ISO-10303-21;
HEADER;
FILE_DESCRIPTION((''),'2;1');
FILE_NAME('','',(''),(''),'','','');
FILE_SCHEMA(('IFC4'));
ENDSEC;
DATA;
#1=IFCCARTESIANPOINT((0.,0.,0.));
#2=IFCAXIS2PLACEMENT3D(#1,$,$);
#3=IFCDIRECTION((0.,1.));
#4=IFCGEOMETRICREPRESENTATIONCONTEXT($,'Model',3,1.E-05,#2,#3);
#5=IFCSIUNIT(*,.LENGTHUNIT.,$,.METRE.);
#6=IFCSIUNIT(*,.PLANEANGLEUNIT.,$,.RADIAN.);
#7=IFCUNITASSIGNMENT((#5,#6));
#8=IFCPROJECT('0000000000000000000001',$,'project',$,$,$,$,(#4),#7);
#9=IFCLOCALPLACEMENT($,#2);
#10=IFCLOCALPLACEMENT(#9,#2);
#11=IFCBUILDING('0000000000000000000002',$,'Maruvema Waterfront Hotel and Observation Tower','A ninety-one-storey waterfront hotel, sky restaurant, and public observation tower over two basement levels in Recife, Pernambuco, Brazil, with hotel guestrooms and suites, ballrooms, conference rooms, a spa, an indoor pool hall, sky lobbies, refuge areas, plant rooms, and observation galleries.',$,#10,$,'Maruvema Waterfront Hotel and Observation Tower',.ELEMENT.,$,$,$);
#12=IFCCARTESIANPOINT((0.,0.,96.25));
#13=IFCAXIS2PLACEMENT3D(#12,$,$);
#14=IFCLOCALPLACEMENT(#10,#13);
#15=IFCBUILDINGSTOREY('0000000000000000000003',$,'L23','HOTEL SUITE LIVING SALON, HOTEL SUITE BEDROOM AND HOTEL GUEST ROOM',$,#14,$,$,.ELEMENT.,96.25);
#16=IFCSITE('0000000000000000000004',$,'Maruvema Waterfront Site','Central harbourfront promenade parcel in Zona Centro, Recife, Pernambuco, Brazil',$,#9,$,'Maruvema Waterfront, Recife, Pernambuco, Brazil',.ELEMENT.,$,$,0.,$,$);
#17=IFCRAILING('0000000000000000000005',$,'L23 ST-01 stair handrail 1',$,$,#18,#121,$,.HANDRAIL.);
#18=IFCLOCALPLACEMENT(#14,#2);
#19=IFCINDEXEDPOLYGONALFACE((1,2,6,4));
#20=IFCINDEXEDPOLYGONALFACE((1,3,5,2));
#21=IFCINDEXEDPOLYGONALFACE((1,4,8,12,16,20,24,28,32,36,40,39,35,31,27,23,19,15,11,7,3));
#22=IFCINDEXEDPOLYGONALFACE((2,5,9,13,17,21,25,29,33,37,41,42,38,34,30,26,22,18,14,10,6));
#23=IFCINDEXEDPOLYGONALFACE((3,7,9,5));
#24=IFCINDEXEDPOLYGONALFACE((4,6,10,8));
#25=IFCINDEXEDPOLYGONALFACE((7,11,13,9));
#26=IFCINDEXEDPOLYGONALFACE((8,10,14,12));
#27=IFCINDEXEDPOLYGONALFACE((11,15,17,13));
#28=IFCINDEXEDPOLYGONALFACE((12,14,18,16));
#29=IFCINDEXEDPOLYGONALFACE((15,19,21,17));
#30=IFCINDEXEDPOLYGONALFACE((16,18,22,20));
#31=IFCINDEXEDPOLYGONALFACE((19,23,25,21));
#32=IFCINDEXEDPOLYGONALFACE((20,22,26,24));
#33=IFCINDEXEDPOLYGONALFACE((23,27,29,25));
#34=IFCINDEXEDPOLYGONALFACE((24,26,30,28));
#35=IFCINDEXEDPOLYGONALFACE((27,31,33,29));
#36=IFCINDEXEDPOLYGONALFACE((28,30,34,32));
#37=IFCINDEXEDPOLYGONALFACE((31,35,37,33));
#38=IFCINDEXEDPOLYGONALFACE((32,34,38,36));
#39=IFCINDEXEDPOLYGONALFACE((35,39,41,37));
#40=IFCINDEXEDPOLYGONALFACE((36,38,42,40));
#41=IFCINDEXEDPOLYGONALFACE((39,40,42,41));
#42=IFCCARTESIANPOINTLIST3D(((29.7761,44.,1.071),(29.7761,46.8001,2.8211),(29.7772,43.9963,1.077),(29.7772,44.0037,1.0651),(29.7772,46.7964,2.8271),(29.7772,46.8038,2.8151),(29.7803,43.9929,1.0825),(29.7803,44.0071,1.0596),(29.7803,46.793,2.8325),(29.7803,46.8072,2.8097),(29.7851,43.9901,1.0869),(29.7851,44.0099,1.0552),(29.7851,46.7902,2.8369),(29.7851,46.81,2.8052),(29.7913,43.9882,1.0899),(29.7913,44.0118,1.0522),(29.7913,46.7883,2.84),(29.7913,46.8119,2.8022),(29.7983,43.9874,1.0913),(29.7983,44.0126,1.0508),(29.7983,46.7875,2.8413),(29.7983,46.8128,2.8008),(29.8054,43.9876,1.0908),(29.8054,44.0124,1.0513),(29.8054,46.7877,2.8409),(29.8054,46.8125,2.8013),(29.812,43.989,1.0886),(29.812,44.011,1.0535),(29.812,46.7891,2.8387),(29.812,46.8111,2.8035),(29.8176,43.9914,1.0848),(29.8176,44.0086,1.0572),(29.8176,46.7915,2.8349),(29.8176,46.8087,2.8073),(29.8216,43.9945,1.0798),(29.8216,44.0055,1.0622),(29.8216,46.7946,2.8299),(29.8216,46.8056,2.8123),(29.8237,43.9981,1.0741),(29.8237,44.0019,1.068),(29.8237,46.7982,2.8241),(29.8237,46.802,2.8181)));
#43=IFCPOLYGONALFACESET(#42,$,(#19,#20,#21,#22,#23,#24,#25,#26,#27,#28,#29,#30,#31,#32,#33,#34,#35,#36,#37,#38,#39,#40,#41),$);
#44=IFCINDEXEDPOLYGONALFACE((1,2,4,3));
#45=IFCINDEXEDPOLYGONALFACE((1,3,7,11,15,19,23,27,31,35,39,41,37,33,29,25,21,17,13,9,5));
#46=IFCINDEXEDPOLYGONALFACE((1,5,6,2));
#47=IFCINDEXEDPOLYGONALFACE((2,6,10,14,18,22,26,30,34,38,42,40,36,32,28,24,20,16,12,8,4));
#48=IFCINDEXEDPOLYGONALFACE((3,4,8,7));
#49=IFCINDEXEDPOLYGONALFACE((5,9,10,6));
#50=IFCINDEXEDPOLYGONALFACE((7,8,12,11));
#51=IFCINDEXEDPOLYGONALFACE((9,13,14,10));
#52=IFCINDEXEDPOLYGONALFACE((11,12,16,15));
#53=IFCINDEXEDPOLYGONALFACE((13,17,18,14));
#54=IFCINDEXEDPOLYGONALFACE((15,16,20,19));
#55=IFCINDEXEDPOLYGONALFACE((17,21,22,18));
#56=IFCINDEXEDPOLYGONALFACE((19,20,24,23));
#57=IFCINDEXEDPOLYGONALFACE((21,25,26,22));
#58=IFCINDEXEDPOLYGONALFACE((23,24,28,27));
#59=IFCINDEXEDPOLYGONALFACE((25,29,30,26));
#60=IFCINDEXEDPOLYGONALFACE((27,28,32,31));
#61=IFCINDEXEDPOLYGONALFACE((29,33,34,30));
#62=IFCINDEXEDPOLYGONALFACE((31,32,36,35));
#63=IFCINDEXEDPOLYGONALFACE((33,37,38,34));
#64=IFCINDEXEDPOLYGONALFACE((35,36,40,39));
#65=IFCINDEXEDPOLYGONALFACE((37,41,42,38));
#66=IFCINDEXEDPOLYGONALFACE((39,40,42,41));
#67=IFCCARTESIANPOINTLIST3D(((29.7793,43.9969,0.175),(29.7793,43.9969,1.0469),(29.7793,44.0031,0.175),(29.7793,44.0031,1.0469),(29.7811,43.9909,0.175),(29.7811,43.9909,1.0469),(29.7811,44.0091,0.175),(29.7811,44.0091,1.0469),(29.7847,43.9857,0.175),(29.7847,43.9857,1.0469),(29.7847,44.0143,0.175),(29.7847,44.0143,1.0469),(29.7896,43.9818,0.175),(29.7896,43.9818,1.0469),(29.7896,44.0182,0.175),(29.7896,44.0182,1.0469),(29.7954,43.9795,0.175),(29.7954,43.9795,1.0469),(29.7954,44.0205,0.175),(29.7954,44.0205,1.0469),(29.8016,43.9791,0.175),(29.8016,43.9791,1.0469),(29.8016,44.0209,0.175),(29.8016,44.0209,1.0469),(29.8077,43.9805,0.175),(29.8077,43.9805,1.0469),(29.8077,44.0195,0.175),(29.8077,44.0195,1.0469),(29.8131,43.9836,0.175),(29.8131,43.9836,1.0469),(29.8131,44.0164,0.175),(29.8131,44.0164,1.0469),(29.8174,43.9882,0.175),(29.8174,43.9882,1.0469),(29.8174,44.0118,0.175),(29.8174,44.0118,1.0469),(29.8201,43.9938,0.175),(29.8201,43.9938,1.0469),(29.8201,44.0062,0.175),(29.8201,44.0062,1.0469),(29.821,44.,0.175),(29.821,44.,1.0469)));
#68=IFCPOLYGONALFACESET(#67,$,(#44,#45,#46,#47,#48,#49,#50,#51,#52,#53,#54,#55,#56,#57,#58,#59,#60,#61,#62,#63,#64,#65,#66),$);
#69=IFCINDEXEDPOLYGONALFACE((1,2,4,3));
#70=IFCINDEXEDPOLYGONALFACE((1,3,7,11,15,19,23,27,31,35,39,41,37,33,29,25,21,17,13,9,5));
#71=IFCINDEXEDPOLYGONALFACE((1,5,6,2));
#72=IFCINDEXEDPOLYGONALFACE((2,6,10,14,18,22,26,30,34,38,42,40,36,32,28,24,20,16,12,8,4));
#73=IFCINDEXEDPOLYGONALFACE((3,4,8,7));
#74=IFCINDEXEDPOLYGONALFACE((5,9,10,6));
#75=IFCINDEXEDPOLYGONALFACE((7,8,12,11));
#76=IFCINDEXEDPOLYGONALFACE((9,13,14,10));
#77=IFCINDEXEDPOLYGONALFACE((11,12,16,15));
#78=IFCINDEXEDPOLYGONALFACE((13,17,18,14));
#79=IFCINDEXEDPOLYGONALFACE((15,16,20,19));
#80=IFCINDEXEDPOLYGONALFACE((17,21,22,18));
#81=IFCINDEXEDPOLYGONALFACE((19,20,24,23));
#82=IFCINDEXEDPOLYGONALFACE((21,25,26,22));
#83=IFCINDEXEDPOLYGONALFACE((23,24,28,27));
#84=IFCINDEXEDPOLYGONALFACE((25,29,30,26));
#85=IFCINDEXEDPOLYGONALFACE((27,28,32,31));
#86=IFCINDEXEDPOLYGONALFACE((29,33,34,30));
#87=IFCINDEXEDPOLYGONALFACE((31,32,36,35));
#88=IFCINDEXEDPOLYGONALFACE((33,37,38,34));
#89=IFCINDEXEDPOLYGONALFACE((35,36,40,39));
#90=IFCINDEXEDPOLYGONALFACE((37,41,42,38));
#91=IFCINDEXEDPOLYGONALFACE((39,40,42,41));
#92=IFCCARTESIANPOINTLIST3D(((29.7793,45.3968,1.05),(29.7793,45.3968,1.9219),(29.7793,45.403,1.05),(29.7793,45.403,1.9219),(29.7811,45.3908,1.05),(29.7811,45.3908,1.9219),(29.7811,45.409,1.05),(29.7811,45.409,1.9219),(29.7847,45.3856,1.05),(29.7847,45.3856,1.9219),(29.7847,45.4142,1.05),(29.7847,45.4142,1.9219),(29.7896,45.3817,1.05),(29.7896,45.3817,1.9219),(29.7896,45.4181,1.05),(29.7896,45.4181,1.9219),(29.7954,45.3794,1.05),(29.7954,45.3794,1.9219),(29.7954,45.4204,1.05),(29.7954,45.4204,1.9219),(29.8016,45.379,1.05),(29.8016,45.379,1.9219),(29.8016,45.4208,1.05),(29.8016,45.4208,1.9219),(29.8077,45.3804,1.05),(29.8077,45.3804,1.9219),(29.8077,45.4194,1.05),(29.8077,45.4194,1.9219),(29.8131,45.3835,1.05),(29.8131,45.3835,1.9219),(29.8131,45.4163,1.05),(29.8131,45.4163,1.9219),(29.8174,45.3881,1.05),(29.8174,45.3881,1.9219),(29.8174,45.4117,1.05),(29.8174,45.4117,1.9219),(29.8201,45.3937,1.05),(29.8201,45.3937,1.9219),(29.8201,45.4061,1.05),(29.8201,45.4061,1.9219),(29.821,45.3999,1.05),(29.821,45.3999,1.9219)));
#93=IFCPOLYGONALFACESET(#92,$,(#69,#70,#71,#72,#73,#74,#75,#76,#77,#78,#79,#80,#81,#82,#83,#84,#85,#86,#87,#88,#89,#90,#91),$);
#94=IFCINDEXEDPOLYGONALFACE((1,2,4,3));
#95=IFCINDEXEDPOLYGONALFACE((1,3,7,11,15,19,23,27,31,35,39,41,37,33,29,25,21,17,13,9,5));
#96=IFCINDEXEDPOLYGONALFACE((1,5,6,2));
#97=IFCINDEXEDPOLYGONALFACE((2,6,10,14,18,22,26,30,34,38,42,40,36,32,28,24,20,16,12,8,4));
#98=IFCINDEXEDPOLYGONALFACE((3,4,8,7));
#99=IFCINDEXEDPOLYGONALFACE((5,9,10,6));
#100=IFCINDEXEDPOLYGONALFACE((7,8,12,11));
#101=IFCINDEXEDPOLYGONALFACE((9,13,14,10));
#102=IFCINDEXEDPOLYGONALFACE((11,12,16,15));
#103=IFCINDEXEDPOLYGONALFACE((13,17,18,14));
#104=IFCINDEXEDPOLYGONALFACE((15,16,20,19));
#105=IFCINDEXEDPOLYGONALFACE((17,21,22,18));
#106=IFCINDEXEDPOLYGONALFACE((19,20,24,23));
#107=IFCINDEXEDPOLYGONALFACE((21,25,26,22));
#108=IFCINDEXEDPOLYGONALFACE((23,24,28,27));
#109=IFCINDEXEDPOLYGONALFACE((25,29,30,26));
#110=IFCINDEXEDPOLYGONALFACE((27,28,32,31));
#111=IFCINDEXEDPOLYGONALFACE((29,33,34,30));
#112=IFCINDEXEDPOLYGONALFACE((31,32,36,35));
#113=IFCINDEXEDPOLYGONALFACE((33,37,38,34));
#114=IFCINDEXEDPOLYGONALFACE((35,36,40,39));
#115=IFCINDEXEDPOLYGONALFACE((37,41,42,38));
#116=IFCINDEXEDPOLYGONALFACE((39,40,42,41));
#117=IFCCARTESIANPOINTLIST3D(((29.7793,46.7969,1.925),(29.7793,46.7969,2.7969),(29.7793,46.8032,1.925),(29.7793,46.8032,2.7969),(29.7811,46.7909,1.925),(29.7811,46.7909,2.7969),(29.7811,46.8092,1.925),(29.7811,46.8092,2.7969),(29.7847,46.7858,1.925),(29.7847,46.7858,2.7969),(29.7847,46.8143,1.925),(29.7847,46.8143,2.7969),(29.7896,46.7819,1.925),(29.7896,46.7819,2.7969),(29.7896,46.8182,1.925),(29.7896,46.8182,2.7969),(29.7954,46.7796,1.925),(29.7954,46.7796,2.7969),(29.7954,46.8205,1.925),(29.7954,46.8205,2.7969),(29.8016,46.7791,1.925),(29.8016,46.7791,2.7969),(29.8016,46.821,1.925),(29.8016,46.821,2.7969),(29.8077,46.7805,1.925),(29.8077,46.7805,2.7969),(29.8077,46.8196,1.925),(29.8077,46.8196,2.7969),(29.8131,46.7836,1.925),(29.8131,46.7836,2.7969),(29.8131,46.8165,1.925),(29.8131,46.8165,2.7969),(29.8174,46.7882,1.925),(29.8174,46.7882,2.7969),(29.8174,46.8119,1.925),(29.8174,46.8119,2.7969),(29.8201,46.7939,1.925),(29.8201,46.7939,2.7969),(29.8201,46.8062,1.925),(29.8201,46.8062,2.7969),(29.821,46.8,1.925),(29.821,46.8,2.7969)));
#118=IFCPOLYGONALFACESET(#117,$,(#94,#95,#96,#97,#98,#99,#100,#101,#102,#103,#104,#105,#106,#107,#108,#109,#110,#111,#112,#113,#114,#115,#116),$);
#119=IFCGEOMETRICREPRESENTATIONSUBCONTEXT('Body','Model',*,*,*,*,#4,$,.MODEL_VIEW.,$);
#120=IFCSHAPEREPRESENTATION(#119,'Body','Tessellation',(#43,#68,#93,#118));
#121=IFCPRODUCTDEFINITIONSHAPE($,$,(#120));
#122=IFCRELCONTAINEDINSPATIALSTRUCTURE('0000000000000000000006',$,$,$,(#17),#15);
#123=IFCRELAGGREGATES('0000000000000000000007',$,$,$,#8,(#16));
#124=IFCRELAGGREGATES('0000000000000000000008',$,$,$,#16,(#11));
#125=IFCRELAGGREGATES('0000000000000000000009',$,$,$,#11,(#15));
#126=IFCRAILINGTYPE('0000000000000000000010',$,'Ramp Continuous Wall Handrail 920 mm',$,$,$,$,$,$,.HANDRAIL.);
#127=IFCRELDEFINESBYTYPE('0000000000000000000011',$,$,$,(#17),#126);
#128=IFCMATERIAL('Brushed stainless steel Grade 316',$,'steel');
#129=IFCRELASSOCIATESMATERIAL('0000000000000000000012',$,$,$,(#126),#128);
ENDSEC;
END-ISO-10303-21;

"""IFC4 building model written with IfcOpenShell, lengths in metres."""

from ifc_helpers import new_model, si_unit, direction, frame, origin, origin_2d, place, context, subcontext, project, spatial, circle, extrude, material, type_object, element, save


model = new_model("IFC4")

# Units and contexts
model_context = context("Model", 3, precision=1e-05, world=origin(), true_north=direction((0.0, 1.0)))
body_context = subcontext(model_context, "Body", "Model", "MODEL_VIEW")
ifc_project = project(units=[si_unit("LENGTHUNIT", "METRE"), si_unit("PLANEANGLEUNIT", "RADIAN")], contexts=[model_context])

# Site, building, storey
site_placement = place(None, origin())
site = spatial("IfcSite", under=ifc_project, at=site_placement, Name="Maruvema Waterfront Site", Description="Central harbourfront promenade parcel in Zona Centro, Recife, Pernambuco, Brazil", LongName="Maruvema Waterfront, Recife, Pernambuco, Brazil", CompositionType="ELEMENT", RefElevation=0.0)
building_placement = place(site_placement, origin())
building = spatial("IfcBuilding", under=site, at=building_placement, Name="Maruvema Waterfront Hotel and Observation Tower", Description="A ninety-one-storey waterfront hotel, sky restaurant, and public observation tower over two basement levels in Recife, Pernambuco, Brazil, with hotel guestrooms and suites, ballrooms, conference rooms, a spa, an indoor pool hall, sky lobbies, refuge areas, plant rooms, and observation galleries.", LongName="Maruvema Waterfront Hotel and Observation Tower", CompositionType="ELEMENT")
storey_placement = place(building_placement, frame((0.0, 0.0, 96.25)))
storey = spatial("IfcBuildingStorey", under=building, at=storey_placement, Name="L23", Description="HOTEL SUITE LIVING SALON, HOTEL SUITE BEDROOM AND HOTEL GUEST ROOM", CompositionType="ELEMENT", Elevation=96.25)

# Railing
ifc_material_1 = material(Name="Brushed stainless steel Grade 316", Category="steel")
railing_type_1 = type_object("IfcRailingType", Name="Ramp Continuous Wall Handrail 920 mm", PredefinedType="HANDRAIL", material=ifc_material_1)
railing_1_placement = place(storey_placement, frame((29.8, 44.0, 0.175)))
element("IfcRailing", 1, at=railing_1_placement, inside=storey, type_object=railing_type_1, Name="L23 ST-01 stair handrail 1", PredefinedType="HANDRAIL", context=body_context, shape_type="SweptSolid", body=[
    extrude(circle(Radius=0.0239, at=origin_2d()), frame((0.0, 0.0, 0.896), z_axis=(0.0, 0.848002, 0.529992), x_axis=(-1.0, 0.0, 0.0)), (0.0, 0.0, 1.0), 3.302),
    extrude(circle(Radius=0.021, at=origin_2d()), origin(), (0.0, 0.0, 1.0), 0.8718),
    extrude(circle(Radius=0.021, at=origin_2d()), frame((0.0, 1.3999, 0.875)), (0.0, 0.0, 1.0), 0.8718),
    extrude(circle(Radius=0.021, at=origin_2d()), frame((0.0, 2.8, 1.75)), (0.0, 0.0, 1.0), 0.8718),
])

save(model, "model.ifc")
